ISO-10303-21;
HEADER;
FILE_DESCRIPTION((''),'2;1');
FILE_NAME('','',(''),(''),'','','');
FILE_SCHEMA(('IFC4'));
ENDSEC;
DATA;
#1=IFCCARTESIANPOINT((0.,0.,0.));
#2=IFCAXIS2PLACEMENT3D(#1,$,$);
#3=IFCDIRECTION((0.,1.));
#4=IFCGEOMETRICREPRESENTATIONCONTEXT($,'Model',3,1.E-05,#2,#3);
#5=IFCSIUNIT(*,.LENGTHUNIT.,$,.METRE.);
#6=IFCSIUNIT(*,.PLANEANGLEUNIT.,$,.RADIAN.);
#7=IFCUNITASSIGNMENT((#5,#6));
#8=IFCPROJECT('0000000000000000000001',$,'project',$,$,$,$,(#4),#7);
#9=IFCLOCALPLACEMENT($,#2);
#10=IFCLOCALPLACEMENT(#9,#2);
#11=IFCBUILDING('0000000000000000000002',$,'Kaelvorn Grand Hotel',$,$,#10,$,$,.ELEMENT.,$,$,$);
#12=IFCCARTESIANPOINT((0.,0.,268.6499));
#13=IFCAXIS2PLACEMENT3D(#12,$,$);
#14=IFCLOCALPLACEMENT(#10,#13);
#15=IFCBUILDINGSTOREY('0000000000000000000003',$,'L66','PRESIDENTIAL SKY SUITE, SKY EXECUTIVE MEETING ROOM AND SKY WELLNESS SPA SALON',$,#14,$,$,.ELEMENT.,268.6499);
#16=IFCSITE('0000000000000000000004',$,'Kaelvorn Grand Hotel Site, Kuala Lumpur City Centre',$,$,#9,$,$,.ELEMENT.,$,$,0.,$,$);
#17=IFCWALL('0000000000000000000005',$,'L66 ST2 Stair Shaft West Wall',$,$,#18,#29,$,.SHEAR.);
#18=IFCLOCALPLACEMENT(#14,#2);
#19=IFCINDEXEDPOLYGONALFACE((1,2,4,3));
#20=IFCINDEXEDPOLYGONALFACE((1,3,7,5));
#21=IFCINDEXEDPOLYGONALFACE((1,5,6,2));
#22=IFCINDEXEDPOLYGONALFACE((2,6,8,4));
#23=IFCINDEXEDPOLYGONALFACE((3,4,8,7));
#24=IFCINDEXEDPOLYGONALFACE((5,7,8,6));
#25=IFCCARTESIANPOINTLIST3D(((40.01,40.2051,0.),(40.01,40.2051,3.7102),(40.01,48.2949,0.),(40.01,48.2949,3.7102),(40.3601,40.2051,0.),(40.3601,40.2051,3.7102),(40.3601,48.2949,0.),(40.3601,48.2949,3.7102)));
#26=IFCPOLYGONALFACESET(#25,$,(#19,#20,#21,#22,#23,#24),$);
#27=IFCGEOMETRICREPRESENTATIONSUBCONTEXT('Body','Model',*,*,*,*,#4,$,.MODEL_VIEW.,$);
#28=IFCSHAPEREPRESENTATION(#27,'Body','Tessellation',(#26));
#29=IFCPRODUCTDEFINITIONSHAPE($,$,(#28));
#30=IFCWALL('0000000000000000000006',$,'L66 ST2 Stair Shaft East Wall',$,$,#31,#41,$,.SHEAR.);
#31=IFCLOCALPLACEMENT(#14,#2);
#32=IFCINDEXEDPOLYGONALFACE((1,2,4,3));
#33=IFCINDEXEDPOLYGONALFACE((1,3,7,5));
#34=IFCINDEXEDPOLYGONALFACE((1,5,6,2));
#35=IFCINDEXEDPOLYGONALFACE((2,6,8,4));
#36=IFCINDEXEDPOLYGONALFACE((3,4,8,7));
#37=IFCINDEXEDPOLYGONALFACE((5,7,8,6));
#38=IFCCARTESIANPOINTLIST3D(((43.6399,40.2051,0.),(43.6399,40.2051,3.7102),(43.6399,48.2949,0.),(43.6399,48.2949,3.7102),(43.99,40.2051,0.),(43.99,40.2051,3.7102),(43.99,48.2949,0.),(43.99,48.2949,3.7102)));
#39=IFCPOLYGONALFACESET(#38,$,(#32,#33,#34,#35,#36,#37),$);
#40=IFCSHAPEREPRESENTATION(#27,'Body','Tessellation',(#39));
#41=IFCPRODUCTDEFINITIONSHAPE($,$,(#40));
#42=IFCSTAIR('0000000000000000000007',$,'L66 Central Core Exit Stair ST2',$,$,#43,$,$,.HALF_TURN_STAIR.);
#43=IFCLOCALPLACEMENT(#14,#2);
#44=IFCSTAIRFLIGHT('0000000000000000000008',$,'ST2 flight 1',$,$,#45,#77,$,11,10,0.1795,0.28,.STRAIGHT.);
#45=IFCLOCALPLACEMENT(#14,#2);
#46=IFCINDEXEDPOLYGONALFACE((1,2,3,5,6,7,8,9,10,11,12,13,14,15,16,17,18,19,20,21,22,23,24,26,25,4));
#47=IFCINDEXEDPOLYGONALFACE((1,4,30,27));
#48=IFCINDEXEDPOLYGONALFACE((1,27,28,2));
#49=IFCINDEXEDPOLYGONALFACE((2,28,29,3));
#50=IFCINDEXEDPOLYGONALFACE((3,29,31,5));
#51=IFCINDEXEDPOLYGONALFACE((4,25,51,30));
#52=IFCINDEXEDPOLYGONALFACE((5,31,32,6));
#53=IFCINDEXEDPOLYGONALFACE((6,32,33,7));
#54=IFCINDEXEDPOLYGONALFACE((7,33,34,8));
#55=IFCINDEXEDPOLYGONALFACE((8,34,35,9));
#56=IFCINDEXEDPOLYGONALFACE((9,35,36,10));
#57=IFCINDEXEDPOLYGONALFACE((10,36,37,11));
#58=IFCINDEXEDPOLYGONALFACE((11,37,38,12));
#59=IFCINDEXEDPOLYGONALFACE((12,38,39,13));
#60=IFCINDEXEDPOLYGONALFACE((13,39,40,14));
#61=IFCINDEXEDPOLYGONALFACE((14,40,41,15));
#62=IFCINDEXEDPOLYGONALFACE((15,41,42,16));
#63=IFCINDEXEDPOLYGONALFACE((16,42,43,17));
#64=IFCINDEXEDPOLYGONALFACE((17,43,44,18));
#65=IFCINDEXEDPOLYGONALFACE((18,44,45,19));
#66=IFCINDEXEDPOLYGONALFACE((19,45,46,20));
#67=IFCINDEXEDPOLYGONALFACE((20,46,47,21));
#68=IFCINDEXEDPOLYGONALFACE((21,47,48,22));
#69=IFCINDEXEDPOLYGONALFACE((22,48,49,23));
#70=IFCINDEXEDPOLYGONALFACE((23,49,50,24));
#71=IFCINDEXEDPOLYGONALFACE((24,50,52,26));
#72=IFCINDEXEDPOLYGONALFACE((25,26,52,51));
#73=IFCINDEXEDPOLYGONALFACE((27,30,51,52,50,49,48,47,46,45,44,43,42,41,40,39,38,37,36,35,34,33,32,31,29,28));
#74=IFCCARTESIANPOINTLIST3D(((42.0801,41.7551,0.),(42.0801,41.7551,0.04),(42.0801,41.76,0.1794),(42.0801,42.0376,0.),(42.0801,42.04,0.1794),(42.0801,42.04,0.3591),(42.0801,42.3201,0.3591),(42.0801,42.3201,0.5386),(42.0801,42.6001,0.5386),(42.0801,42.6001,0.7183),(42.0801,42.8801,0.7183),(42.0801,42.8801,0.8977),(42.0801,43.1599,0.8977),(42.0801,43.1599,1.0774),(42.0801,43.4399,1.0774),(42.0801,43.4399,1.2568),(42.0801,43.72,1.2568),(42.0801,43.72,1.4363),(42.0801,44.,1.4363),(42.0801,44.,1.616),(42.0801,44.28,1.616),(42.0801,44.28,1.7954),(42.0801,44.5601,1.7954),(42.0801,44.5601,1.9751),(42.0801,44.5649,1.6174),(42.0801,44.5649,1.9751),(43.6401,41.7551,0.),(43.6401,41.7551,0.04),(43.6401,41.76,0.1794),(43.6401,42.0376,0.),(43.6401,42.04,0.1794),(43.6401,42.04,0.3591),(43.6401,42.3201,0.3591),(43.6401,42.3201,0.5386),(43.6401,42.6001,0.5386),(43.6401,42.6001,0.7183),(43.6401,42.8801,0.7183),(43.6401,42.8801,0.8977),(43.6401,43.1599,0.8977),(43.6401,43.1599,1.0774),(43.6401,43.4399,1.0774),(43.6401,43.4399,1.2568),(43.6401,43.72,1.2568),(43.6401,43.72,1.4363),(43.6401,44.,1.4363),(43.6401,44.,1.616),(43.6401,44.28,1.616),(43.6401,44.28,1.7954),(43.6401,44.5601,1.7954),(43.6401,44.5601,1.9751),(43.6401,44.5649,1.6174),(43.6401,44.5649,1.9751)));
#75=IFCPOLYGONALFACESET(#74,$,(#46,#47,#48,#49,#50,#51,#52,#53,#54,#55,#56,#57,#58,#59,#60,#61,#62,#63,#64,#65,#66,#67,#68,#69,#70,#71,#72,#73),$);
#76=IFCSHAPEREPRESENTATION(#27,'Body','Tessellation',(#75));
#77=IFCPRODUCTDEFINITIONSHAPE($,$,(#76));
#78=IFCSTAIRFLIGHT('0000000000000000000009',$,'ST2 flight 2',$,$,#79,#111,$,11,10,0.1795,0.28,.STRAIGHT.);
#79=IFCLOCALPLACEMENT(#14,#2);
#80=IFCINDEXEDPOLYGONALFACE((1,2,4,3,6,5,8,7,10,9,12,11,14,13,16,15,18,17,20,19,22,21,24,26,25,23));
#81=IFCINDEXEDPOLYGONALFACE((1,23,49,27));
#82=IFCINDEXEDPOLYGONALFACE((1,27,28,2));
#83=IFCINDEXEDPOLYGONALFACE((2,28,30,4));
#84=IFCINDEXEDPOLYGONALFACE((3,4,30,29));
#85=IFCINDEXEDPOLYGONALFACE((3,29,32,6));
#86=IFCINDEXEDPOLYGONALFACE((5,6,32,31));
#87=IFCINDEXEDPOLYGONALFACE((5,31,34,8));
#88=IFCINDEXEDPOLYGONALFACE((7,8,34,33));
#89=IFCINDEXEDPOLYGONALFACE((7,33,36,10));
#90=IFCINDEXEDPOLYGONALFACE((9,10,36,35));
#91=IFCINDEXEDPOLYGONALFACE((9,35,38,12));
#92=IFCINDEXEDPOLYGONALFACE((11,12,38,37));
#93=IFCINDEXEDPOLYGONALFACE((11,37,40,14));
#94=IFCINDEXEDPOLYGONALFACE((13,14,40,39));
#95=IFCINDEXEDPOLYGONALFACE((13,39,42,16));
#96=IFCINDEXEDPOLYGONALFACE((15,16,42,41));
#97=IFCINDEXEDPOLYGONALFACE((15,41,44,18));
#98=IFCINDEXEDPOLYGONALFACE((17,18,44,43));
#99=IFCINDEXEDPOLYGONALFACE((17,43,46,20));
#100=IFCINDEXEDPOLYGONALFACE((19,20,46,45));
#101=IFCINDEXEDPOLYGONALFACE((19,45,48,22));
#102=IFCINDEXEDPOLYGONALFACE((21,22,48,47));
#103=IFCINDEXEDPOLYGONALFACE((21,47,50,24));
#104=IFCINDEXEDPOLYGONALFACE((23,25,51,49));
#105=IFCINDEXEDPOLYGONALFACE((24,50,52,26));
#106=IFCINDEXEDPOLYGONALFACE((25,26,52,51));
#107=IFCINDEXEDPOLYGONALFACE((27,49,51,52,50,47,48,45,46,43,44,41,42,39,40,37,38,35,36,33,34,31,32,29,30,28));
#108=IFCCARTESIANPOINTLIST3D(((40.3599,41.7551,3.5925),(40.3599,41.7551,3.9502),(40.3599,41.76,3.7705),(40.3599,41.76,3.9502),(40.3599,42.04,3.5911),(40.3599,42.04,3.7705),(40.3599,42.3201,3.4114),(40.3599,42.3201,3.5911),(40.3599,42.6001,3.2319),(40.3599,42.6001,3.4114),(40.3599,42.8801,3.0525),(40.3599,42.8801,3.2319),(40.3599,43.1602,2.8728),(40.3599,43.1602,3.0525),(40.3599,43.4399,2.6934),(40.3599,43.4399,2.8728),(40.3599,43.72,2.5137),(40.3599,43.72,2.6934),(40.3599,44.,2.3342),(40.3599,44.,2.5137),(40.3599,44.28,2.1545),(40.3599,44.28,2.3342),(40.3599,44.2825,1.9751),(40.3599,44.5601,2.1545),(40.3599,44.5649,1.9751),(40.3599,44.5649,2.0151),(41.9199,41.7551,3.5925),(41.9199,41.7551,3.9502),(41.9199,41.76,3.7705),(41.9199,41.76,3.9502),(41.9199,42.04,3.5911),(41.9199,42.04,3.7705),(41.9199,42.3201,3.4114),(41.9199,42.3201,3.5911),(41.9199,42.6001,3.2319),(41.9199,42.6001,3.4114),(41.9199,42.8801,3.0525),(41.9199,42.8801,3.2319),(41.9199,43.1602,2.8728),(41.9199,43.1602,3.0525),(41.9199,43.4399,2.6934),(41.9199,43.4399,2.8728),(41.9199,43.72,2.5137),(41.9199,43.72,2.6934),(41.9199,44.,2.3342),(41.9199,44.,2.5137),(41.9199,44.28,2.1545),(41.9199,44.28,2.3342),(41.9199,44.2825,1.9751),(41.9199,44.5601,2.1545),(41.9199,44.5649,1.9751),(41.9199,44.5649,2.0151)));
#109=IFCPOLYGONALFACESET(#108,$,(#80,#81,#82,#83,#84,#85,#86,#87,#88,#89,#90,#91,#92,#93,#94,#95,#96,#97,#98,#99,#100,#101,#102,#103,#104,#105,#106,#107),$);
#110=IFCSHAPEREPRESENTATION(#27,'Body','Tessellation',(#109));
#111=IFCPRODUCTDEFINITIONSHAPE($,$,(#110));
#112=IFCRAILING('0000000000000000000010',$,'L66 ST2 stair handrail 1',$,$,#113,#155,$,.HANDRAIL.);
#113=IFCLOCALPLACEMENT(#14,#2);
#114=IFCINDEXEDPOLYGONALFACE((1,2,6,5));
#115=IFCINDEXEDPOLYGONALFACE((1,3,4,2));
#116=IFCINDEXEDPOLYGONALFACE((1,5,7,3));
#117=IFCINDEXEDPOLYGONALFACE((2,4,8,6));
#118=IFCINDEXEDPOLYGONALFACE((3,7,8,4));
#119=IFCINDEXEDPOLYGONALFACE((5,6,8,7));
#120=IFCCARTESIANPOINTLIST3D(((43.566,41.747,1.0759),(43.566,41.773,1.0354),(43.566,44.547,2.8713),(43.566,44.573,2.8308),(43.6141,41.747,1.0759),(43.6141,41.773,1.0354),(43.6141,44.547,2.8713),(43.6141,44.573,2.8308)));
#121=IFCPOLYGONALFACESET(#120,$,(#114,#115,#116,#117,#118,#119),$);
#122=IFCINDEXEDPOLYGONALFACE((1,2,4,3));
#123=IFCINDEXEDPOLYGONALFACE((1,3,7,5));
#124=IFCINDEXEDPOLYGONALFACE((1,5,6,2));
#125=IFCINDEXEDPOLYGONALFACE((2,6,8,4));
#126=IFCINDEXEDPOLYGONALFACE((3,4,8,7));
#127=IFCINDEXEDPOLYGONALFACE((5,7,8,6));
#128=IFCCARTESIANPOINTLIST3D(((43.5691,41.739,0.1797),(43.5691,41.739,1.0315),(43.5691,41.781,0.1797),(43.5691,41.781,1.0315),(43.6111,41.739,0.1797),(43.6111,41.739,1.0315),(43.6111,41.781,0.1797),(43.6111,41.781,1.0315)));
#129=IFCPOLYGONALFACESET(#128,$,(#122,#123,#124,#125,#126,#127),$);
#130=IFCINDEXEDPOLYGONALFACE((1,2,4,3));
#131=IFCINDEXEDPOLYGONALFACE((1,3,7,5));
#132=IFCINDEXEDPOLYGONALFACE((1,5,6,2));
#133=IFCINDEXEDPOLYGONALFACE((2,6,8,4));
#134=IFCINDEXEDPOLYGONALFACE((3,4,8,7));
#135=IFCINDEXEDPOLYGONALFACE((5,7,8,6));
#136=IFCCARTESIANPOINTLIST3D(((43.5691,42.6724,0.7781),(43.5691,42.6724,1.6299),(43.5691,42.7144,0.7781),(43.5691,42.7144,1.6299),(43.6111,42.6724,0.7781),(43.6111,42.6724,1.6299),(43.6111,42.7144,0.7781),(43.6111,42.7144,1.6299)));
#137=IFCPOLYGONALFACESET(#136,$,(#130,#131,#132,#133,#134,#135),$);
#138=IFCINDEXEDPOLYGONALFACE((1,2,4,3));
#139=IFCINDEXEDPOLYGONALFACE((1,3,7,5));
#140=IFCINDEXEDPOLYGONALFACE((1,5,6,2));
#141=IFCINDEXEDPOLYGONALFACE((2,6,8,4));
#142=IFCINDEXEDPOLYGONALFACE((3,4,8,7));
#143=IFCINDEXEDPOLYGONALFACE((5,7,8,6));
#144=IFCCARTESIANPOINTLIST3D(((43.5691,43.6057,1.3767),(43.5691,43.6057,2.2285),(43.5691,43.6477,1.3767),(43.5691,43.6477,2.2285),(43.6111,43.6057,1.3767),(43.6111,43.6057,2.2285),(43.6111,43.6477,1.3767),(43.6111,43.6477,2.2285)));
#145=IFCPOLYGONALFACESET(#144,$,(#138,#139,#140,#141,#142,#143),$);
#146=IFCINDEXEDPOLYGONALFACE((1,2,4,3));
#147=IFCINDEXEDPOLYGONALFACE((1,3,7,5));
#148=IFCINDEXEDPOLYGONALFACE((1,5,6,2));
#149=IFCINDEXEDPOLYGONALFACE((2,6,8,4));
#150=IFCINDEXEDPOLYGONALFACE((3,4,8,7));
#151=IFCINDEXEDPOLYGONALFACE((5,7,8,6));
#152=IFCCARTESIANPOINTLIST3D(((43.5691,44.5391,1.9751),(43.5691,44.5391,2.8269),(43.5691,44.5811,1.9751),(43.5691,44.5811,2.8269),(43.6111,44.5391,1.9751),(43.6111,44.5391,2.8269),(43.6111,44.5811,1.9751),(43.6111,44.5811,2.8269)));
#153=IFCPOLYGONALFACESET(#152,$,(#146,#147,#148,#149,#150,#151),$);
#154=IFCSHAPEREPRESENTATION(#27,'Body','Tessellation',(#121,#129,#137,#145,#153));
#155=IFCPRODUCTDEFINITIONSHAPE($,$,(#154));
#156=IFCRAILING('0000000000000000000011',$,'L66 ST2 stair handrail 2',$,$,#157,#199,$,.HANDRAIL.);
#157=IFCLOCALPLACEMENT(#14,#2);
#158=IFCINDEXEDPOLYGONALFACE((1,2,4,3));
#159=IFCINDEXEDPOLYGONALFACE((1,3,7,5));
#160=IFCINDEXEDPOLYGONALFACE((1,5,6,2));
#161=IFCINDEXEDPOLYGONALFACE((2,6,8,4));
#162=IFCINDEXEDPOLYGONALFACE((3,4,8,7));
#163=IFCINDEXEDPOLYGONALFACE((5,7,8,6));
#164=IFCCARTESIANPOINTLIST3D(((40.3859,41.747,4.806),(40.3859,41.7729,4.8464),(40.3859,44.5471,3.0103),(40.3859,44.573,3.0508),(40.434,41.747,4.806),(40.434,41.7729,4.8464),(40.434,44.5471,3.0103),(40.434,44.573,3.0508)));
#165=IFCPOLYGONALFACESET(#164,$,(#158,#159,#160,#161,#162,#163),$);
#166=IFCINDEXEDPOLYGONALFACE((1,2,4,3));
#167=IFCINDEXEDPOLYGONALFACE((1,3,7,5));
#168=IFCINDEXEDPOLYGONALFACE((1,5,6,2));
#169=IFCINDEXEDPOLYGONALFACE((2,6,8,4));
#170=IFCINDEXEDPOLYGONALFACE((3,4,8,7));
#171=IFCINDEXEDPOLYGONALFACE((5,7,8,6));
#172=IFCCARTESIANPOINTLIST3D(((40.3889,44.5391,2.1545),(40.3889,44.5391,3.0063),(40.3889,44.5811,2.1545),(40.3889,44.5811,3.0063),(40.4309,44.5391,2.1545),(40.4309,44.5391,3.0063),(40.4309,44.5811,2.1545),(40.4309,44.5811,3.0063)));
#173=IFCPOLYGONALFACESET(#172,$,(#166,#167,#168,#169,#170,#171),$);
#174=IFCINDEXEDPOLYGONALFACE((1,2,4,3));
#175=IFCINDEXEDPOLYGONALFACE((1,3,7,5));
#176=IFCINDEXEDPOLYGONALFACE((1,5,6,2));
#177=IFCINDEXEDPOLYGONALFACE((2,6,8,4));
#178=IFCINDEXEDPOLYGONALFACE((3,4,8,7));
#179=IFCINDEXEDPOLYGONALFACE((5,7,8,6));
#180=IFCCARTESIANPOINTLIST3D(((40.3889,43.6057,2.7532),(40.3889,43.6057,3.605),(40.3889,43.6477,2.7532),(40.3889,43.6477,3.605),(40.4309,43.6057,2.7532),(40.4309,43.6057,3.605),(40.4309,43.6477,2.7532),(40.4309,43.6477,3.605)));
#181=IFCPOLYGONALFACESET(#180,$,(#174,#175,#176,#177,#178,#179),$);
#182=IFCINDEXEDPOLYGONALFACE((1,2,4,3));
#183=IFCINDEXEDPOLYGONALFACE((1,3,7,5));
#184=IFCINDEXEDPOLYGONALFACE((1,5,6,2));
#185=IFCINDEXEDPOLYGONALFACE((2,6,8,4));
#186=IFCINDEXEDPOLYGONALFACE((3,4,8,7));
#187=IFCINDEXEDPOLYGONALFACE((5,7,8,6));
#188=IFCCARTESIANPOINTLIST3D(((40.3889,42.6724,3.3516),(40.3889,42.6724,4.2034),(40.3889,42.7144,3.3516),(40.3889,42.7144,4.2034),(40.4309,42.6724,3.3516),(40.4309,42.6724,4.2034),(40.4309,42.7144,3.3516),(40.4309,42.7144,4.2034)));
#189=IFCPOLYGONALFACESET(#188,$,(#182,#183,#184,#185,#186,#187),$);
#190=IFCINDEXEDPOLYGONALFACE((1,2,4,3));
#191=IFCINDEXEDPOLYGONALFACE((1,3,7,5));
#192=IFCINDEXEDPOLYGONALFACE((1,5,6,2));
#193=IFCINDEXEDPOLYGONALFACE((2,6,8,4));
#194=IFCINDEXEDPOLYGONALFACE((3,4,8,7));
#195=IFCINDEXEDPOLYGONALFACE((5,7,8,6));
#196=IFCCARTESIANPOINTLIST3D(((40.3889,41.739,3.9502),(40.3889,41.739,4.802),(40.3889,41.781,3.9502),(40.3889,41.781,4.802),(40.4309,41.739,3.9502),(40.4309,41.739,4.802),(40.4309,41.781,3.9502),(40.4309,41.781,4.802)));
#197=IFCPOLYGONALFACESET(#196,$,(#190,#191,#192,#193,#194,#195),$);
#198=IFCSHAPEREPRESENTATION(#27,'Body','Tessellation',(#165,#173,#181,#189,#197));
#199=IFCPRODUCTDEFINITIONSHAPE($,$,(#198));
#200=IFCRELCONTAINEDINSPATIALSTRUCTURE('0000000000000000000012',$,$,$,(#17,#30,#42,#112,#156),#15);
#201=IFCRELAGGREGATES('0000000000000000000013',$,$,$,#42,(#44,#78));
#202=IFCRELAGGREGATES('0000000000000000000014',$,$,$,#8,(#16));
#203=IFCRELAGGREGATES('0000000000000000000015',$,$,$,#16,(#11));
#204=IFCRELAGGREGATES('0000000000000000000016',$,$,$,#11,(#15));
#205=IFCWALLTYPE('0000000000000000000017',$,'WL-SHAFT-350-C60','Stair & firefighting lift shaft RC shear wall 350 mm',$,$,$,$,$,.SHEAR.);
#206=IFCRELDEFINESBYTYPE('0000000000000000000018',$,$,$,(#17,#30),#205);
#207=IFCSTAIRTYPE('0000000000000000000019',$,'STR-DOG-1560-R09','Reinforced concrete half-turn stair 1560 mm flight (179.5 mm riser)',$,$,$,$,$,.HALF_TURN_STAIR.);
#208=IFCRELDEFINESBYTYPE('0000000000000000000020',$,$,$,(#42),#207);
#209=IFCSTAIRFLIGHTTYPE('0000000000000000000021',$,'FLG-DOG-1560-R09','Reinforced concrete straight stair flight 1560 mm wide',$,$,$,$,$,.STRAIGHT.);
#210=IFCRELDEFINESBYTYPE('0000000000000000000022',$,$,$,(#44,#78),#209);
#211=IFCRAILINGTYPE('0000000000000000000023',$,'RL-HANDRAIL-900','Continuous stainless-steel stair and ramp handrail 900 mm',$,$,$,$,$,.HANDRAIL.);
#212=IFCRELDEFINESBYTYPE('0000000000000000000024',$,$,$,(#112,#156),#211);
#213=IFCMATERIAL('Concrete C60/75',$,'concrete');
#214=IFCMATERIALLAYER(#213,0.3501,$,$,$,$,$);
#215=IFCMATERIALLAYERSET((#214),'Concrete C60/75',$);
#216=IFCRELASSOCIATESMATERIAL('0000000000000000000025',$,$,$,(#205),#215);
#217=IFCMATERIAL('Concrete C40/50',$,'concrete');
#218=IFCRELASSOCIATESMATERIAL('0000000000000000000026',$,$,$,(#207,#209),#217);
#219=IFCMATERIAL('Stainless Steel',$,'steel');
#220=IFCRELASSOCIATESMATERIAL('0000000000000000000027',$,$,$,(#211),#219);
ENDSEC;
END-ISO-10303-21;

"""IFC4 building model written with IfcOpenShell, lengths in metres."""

from ifc_helpers import new_model, si_unit, direction, frame, frame_2d, origin, origin_2d, place, context, subcontext, project, spatial, polyline, rectangle, outline, extrude, material, layer, layer_set, type_object, element, aggregate, save


model = new_model("IFC4")

# Units and contexts
model_context = context("Model", 3, precision=1e-05, world=origin(), true_north=direction((0.0, 1.0)))
body_context = subcontext(model_context, "Body", "Model", "MODEL_VIEW")
ifc_project = project(units=[si_unit("LENGTHUNIT", "METRE"), si_unit("PLANEANGLEUNIT", "RADIAN")], contexts=[model_context])

# Site, building, storey
site_placement = place(None, origin())
site = spatial("IfcSite", under=ifc_project, at=site_placement, Name="Kaelvorn Grand Hotel Site, Kuala Lumpur City Centre", CompositionType="ELEMENT", RefElevation=0.0)
building_placement = place(site_placement, origin())
building = spatial("IfcBuilding", under=site, at=building_placement, Name="Kaelvorn Grand Hotel", CompositionType="ELEMENT")
storey_placement = place(building_placement, frame((0.0, 0.0, 268.6499)))
storey = spatial("IfcBuildingStorey", under=building, at=storey_placement, Name="L66", Description="PRESIDENTIAL SKY SUITE, SKY EXECUTIVE MEETING ROOM AND SKY WELLNESS SPA SALON", CompositionType="ELEMENT", Elevation=268.6499)

# Walls
ifc_material_1 = material(Name="Concrete C40/50", Category="concrete")
ifc_material_2 = material(Name="Concrete C60/75", Category="concrete")
ifc_layer_1 = layer(ifc_material_2, 0.3501)
ifc_layer_set_1 = layer_set([ifc_layer_1], Name="Concrete C60/75")
wall_type_1 = type_object("IfcWallType", Name="WL-SHAFT-350-C60", Description="Stair & firefighting lift shaft RC shear wall 350 mm", PredefinedType="SHEAR", material=ifc_layer_set_1)
for number, where, z_axis, x_axis, name in (
    (1, (40.1851, 40.2051, 0.0), (0.0, 0.0, 1.0), (0.0, 1.0, 0.0), "L66 ST2 Stair Shaft West Wall"),
    (2, (43.8149, 40.2051, 0.0), (0.0, 0.0, 1.0), (0.0, 1.0, 0.0), "L66 ST2 Stair Shaft East Wall"),
):
    element("IfcWall", number, at=place(storey_placement, frame(where, z_axis=z_axis, x_axis=x_axis)), inside=storey, type_object=wall_type_1, Name=name, PredefinedType="SHEAR", context=body_context, shape_type="SweptSolid", body=[
        extrude(rectangle(XDim=8.0898, YDim=0.3501, at=frame_2d((4.0449, 0.0))), origin(), (0.0, 0.0, 1.0), 3.7102),
    ])

# Stair, stair flights
stair_type = type_object("IfcStairType", Name="STR-DOG-1560-R09", Description="Reinforced concrete half-turn stair 1560 mm flight (179.5 mm riser)", PredefinedType="HALF_TURN_STAIR", material=ifc_material_1)
stair_placement = place(storey_placement, origin())
stair = element("IfcStair", 3, at=stair_placement, inside=storey, type_object=stair_type, Name="L66 Central Core Exit Stair ST2", PredefinedType="HALF_TURN_STAIR")
stair_flight_type = type_object("IfcStairFlightType", Name="FLG-DOG-1560-R09", Description="Reinforced concrete straight stair flight 1560 mm wide", PredefinedType="STRAIGHT", material=ifc_material_1)
stair_flight_1_placement = place(storey_placement, frame((42.8601, 41.76, 0.0), z_axis=(0.0, 0.0, 1.0), x_axis=(0.0, 1.0, 0.0)))
stair_flight_1 = element("IfcStairFlight", 4, at=stair_flight_1_placement, type_object=stair_flight_type, Name="ST2 flight 1", NumberOfRisers=11, NumberOfTreads=10, PredefinedType="STRAIGHT", RiserHeight=0.1795, TreadLength=0.28, context=body_context, shape_type="SweptSolid", body=[
    extrude(outline(polyline([(-0.0049, 0.0), (-0.0049, 0.04), (0.0, 0.1794), (0.28, 0.1794), (0.28, 0.3591), (0.5601, 0.3591), (0.5601, 0.5386), (0.8401, 0.5386), (0.8401, 0.7183), (1.1201, 0.7183), (1.1201, 0.8977), (1.3999, 0.8977), (1.3999, 1.0774), (1.6799, 1.0774), (1.6799, 1.2568), (1.96, 1.2568), (1.96, 1.4363), (2.24, 1.4363), (2.24, 1.616), (2.52, 1.616), (2.52, 1.7954), (2.8, 1.7954), (2.8, 1.9751), (2.8049, 1.9751), (2.8049, 1.6174), (0.2776, 0.0), (-0.0049, 0.0)])), frame((0.0, 0.78, 0.0), z_axis=(0.0, -1.0, 0.0), x_axis=(1.0, 0.0, 0.0)), (0.0, 0.0, 1.0), 1.5601),
])
stair_flight_2_placement = place(storey_placement, frame((41.1399, 44.5601, 1.9751), z_axis=(0.0, 0.0, 1.0), x_axis=(0.0, -1.0, 0.0)))
stair_flight_2 = element("IfcStairFlight", 5, at=stair_flight_2_placement, type_object=stair_flight_type, Name="ST2 flight 2", NumberOfRisers=11, NumberOfTreads=10, PredefinedType="STRAIGHT", RiserHeight=0.1795, TreadLength=0.28, context=body_context, shape_type="SweptSolid", body=[
    extrude(outline(polyline([(-0.0049, 0.0), (-0.0049, 0.04), (0.0, 0.1794), (0.28, 0.1794), (0.28, 0.3591), (0.5601, 0.3591), (0.5601, 0.5386), (0.8401, 0.5386), (0.8401, 0.7183), (1.1201, 0.7183), (1.1201, 0.8977), (1.3999, 0.8977), (1.3999, 1.0774), (1.6799, 1.0774), (1.6799, 1.2568), (1.96, 1.2568), (1.96, 1.4363), (2.24, 1.4363), (2.24, 1.616), (2.52, 1.616), (2.52, 1.7954), (2.8, 1.7954), (2.8, 1.9751), (2.8049, 1.9751), (2.8049, 1.6174), (0.2776, 0.0), (-0.0049, 0.0)])), frame((0.0, 0.78, 0.0), z_axis=(0.0, -1.0, 0.0), x_axis=(1.0, 0.0, 0.0)), (0.0, 0.0, 1.0), 1.5601),
])
aggregate(stair, [stair_flight_1, stair_flight_2])

# Railings
ifc_material_3 = material(Name="Stainless Steel", Category="steel")
railing_type_1 = type_object("IfcRailingType", Name="RL-HANDRAIL-900", Description="Continuous stainless-steel stair and ramp handrail 900 mm", PredefinedType="HANDRAIL", material=ifc_material_3)
railing_1_placement = place(storey_placement, frame((43.5901, 41.76, 0.1797)))
element("IfcRailing", 6, at=railing_1_placement, inside=storey, type_object=railing_type_1, Name="L66 ST2 stair handrail 1", PredefinedType="HANDRAIL", context=body_context, shape_type="SweptSolid", body=[
    extrude(rectangle(XDim=0.0481, YDim=0.0481, at=origin_2d()), frame((0.0, 0.0, 0.876), z_axis=(0.0, 0.84181, 0.539774), x_axis=(-1.0, 0.0, 0.0)), (0.0, 0.0, 1.0), 3.3262),
    extrude(rectangle(XDim=0.042, YDim=0.042, at=origin_2d()), origin(), (0.0, 0.0, 1.0), 0.8518),
    extrude(rectangle(XDim=0.042, YDim=0.042, at=origin_2d()), frame((0.0, 0.9333, 0.5984)), (0.0, 0.0, 1.0), 0.8518),
    extrude(rectangle(XDim=0.042, YDim=0.042, at=origin_2d()), frame((0.0, 1.8667, 1.197)), (0.0, 0.0, 1.0), 0.8518),
    extrude(rectangle(XDim=0.042, YDim=0.042, at=origin_2d()), frame((0.0, 2.8, 1.7954)), (0.0, 0.0, 1.0), 0.8518),
])
railing_2_placement = place(storey_placement, frame((40.4099, 44.5601, 2.1545)))
element("IfcRailing", 7, at=railing_2_placement, inside=storey, type_object=railing_type_1, Name="L66 ST2 stair handrail 2", PredefinedType="HANDRAIL", context=body_context, shape_type="SweptSolid", body=[
    extrude(rectangle(XDim=0.0481, YDim=0.0481, at=origin_2d()), frame((0.0, 0.0, 0.876), z_axis=(0.0, -0.841777, 0.539826), x_axis=(1.0, 0.0, 0.0)), (0.0, 0.0, 1.0), 3.3264),
    extrude(rectangle(XDim=0.042, YDim=0.042, at=origin_2d()), origin(), (0.0, 0.0, 1.0), 0.8518),
    extrude(rectangle(XDim=0.042, YDim=0.042, at=origin_2d()), frame((0.0, -0.9333, 0.5986)), (0.0, 0.0, 1.0), 0.8518),
    extrude(rectangle(XDim=0.042, YDim=0.042, at=origin_2d()), frame((0.0, -1.8667, 1.197)), (0.0, 0.0, 1.0), 0.8518),
    extrude(rectangle(XDim=0.042, YDim=0.042, at=origin_2d()), frame((0.0, -2.8, 1.7957)), (0.0, 0.0, 1.0), 0.8518),
])

save(model, "model.ifc")
